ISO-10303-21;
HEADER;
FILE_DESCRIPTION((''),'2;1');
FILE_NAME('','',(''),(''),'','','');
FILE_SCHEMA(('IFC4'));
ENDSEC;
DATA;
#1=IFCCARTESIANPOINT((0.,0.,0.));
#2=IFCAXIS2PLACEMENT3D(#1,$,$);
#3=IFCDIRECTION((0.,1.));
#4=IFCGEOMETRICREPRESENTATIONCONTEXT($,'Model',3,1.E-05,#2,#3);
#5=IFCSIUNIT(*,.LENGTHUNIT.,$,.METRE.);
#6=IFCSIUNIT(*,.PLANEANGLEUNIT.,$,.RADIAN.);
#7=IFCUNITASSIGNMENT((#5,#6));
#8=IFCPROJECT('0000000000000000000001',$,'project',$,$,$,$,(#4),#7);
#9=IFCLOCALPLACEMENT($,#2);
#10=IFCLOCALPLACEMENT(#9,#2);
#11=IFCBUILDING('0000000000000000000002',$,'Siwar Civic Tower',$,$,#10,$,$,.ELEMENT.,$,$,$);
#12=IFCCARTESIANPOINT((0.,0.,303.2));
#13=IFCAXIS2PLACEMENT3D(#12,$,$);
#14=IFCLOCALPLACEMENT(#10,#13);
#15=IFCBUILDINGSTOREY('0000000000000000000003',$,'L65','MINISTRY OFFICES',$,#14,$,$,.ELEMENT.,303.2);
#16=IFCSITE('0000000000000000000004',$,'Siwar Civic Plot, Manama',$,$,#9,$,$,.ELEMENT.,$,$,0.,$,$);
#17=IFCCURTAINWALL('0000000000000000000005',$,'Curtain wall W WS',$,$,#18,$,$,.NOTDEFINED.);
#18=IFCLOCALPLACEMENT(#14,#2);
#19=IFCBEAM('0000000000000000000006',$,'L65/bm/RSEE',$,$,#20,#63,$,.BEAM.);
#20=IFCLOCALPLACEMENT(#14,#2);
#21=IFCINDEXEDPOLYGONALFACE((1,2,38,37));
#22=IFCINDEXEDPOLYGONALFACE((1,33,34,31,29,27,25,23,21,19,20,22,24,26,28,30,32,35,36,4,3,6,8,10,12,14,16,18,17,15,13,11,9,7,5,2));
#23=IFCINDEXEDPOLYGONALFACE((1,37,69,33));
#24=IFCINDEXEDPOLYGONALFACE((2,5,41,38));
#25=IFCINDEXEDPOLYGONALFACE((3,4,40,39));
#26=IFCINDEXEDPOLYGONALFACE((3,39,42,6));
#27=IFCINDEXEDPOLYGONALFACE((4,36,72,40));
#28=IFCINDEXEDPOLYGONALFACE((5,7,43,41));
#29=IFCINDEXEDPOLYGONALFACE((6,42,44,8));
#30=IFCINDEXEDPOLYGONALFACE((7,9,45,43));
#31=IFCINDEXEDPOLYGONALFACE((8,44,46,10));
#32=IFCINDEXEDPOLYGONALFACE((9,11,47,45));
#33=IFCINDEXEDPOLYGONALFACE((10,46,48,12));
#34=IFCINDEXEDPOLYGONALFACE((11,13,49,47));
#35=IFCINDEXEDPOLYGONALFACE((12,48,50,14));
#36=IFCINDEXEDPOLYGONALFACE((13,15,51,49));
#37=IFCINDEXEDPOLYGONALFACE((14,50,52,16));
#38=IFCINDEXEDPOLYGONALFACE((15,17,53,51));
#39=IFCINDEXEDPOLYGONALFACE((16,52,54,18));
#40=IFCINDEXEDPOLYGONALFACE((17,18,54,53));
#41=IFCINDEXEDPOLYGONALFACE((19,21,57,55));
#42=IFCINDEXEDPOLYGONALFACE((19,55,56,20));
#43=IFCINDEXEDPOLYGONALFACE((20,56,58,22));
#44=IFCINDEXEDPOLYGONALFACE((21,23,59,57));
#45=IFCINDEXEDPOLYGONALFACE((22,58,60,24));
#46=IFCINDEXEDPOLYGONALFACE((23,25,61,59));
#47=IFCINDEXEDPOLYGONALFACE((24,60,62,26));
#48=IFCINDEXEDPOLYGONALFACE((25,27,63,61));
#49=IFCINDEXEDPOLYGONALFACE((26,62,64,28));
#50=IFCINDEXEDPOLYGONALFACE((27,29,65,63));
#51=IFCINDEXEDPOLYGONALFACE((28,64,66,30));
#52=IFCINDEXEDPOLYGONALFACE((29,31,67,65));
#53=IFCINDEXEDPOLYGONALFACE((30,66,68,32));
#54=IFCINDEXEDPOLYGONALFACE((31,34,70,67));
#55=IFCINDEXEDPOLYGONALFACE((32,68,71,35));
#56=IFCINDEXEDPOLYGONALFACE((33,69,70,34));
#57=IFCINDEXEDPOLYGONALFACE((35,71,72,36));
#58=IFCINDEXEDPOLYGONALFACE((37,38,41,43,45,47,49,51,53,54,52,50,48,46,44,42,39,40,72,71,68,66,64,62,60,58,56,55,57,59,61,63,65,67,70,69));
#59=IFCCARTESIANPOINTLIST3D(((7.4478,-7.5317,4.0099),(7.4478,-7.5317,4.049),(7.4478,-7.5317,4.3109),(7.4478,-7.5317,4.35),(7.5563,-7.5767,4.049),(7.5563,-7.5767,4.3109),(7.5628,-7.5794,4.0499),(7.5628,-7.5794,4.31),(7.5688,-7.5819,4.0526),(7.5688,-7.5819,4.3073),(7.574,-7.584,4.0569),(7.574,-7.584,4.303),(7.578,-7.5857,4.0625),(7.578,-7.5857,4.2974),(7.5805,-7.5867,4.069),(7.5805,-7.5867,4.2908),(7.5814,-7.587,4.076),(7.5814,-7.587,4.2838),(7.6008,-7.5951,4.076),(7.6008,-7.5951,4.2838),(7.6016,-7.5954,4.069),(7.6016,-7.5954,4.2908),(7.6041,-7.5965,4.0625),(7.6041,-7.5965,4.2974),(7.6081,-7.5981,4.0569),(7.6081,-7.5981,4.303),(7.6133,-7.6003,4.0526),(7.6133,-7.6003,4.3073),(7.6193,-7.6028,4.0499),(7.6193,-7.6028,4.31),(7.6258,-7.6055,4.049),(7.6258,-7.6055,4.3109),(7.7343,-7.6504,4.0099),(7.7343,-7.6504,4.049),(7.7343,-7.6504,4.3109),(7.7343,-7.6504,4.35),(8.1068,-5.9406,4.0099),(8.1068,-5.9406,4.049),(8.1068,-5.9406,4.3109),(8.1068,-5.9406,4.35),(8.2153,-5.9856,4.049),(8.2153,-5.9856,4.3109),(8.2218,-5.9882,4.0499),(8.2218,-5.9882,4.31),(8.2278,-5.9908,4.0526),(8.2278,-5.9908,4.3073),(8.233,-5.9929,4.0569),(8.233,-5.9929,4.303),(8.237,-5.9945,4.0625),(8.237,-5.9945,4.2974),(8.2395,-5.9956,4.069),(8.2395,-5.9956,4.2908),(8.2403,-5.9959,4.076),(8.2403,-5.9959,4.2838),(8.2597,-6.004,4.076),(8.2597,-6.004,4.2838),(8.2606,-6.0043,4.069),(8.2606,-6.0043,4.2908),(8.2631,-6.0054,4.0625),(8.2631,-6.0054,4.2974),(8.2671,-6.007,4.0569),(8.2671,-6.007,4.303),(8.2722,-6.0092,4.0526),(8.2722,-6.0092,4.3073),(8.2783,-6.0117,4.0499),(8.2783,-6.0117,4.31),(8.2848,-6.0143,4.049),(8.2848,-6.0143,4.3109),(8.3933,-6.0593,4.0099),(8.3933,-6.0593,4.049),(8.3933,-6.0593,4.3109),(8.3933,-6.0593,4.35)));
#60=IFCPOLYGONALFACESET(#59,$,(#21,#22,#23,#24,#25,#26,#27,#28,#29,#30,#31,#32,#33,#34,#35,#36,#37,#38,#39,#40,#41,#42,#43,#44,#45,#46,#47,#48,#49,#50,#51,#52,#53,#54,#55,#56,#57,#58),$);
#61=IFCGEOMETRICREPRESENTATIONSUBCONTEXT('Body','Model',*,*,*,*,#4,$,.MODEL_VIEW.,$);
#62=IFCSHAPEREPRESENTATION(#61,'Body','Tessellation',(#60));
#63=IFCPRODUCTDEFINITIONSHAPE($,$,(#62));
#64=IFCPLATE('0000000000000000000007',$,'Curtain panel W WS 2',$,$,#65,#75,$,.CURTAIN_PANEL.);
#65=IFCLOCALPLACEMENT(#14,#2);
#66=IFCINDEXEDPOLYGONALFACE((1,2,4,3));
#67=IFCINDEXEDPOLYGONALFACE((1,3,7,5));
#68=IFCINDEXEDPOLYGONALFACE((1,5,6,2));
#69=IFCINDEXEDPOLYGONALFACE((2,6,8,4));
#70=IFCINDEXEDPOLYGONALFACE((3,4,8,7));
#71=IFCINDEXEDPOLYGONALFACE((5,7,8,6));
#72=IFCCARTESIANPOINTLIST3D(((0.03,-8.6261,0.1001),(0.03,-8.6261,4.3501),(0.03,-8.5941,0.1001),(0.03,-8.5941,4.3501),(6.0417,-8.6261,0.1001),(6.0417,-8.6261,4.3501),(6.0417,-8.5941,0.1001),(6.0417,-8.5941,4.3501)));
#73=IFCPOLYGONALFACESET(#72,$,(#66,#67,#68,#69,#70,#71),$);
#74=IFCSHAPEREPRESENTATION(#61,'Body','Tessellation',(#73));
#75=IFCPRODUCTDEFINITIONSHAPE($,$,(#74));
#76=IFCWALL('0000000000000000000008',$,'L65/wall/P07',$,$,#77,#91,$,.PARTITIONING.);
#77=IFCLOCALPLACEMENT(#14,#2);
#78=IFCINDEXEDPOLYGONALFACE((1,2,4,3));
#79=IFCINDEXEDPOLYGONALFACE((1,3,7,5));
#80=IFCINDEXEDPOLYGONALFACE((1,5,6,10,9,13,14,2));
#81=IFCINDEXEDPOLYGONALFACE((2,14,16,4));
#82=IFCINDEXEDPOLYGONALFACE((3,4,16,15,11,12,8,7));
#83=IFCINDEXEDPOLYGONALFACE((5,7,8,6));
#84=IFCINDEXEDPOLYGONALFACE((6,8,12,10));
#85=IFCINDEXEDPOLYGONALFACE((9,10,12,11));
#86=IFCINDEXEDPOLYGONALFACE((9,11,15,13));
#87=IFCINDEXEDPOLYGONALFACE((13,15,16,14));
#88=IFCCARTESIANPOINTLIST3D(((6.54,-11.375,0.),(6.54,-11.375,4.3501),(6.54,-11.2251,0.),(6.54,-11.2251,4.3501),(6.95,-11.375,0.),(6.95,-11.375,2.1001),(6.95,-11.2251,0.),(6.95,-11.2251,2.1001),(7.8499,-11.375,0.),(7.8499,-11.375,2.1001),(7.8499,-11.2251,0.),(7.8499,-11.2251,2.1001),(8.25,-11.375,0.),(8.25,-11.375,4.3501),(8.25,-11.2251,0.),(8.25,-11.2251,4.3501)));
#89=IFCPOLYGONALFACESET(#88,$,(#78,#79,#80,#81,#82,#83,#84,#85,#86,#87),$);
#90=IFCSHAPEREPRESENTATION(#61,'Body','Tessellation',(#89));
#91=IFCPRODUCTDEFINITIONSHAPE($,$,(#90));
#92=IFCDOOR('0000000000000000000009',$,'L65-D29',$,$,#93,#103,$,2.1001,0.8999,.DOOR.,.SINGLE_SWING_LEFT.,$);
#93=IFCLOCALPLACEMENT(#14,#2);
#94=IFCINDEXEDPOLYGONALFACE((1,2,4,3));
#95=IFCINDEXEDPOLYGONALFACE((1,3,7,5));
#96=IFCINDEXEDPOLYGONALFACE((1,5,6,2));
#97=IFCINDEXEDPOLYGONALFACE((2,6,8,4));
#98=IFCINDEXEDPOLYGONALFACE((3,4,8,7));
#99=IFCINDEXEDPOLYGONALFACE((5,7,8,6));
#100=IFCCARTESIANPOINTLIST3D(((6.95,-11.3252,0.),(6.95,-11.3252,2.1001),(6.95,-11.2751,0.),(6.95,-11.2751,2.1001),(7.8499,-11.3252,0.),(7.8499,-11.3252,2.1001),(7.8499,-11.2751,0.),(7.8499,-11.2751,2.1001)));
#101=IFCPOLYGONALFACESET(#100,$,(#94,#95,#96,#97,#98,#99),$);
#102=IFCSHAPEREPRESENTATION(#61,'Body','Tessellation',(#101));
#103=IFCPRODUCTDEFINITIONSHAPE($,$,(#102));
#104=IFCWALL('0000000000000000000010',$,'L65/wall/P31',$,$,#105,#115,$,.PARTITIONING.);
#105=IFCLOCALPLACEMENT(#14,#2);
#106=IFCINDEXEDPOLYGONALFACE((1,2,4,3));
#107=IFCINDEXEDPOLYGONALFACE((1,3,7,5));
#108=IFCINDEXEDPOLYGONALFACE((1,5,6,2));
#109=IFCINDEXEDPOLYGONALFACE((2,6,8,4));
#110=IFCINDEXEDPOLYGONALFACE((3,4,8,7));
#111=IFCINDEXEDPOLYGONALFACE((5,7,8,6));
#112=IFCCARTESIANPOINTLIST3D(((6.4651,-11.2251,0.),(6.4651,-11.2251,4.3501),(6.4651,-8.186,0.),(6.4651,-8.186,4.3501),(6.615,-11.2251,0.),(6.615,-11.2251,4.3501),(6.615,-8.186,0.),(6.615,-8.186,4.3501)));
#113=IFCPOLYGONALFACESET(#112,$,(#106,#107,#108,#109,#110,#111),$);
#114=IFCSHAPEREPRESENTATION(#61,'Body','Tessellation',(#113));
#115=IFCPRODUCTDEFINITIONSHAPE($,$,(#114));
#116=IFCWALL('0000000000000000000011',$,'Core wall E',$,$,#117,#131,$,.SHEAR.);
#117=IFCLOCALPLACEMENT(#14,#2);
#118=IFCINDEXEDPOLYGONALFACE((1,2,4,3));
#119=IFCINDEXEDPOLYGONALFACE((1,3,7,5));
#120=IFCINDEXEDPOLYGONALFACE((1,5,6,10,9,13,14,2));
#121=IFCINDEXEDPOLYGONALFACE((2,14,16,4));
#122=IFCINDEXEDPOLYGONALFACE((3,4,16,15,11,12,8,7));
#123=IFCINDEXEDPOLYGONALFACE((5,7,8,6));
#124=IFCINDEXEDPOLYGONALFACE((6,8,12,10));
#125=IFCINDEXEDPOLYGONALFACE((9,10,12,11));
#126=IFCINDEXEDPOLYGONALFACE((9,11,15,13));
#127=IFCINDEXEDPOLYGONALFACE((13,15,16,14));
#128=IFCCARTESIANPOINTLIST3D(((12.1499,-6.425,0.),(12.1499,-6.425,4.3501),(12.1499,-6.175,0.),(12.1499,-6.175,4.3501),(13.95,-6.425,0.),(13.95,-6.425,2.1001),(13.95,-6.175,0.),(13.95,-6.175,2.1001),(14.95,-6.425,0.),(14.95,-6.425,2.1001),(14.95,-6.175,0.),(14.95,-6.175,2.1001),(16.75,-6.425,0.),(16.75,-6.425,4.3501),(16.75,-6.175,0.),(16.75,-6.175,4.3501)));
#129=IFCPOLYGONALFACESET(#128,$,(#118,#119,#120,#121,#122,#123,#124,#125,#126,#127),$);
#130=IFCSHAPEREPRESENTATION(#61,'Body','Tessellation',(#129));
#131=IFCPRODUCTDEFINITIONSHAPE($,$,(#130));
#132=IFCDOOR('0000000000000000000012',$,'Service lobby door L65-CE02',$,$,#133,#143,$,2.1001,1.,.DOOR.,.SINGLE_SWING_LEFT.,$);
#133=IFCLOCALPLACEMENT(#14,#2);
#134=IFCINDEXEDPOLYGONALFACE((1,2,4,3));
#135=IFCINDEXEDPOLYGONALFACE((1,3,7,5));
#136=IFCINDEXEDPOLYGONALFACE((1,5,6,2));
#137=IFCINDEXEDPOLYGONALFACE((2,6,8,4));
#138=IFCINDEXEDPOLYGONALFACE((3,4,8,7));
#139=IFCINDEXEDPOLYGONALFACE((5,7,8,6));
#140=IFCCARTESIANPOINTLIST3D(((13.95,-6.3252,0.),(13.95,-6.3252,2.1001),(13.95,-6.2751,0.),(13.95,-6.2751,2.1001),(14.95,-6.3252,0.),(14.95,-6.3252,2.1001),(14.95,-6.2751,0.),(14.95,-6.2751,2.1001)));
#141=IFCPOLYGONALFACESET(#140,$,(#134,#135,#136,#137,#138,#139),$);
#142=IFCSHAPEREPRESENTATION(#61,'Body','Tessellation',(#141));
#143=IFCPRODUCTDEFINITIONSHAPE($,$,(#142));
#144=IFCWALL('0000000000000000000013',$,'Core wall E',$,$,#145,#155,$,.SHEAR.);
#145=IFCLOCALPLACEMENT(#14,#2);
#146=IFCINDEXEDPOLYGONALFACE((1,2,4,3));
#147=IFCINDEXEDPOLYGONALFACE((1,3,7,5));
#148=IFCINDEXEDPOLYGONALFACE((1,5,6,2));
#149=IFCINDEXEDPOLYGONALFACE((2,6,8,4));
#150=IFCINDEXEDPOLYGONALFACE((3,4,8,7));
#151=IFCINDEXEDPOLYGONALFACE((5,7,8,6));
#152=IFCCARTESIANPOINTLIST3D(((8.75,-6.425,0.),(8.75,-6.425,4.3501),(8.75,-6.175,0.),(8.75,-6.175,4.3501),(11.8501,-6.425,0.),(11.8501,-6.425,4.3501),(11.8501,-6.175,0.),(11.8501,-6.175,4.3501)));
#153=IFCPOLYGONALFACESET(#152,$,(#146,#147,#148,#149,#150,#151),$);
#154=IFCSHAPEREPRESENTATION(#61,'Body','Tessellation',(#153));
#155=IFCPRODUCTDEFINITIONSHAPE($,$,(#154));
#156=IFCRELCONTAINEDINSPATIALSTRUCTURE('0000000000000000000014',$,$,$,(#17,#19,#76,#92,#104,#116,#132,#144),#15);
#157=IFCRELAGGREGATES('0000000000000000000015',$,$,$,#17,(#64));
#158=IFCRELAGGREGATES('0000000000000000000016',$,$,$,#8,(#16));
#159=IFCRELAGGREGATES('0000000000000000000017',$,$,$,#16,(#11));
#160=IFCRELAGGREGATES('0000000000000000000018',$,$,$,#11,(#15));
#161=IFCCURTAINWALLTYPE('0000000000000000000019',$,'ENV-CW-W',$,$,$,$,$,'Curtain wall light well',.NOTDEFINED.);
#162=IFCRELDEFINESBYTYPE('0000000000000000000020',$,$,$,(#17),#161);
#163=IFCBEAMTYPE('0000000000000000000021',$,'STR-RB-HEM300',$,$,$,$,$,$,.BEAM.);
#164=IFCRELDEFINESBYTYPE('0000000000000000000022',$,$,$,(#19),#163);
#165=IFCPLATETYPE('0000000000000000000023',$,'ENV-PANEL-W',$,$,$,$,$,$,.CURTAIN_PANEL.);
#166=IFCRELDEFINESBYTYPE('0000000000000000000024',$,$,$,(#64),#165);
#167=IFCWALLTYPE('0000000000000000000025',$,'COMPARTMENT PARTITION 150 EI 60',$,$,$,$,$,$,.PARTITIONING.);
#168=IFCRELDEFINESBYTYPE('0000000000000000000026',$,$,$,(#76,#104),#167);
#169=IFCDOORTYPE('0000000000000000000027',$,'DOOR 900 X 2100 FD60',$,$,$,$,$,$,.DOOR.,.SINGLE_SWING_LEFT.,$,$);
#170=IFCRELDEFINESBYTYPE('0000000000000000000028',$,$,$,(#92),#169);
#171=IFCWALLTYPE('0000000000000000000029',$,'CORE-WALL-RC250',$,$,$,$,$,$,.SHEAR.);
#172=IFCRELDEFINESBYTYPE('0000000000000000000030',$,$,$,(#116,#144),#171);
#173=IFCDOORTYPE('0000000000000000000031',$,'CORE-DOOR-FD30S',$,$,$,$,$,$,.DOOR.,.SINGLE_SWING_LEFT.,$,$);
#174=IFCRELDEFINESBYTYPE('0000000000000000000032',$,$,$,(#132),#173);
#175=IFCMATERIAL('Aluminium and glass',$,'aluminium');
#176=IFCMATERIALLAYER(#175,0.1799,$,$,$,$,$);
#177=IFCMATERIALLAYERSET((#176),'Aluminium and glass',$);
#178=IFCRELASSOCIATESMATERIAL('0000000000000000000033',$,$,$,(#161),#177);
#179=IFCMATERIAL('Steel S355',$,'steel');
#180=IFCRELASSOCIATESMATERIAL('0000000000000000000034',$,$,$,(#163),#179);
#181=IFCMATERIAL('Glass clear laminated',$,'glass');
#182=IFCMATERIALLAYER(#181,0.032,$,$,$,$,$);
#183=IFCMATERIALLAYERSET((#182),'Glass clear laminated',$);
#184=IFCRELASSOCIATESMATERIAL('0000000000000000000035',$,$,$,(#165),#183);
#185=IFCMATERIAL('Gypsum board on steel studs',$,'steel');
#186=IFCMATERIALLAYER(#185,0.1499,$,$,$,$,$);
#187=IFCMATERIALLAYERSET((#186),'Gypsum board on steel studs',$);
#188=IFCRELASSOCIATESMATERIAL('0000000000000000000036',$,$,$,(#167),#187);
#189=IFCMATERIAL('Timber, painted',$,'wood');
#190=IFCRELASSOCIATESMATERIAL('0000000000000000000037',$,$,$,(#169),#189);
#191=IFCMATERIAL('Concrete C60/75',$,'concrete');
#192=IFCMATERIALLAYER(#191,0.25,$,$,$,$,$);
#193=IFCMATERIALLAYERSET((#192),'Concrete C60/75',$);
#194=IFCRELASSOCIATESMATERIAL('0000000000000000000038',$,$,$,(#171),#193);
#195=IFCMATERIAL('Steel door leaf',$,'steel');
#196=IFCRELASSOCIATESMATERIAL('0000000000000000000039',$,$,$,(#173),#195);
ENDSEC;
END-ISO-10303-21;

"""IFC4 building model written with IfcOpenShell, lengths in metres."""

from ifc_helpers import new_model, si_unit, direction, frame, frame_2d, origin, origin_2d, place, context, subcontext, project, spatial, rectangle, i_section, extrude, material, layer, layer_set, material_profile, profile_set, type_object, element, fill, aggregate, save


model = new_model("IFC4")

# Units and contexts
model_context = context("Model", 3, precision=1e-05, world=origin(), true_north=direction((0.0, 1.0)))
body_context = subcontext(model_context, "Body", "Model", "MODEL_VIEW")
ifc_project = project(units=[si_unit("LENGTHUNIT", "METRE"), si_unit("PLANEANGLEUNIT", "RADIAN")], contexts=[model_context])

# Site, building, storey
site_placement = place(None, origin())
site = spatial("IfcSite", under=ifc_project, at=site_placement, Name="Siwar Civic Plot, Manama", CompositionType="ELEMENT", RefElevation=0.0)
building_placement = place(site_placement, origin())
building = spatial("IfcBuilding", under=site, at=building_placement, Name="Siwar Civic Tower", CompositionType="ELEMENT")
storey_placement = place(building_placement, frame((0.0, 0.0, 303.2)))
storey = spatial("IfcBuildingStorey", under=building, at=storey_placement, Name="L65", Description="MINISTRY OFFICES", CompositionType="ELEMENT", Elevation=303.2)

# Curtain wall
ifc_material_1 = material(Name="Aluminium and glass", Category="aluminium")
ifc_layer_1 = layer(ifc_material_1, 0.1799)
ifc_layer_set_1 = layer_set([ifc_layer_1], Name="Aluminium and glass")
curtain_wall_type = type_object("IfcCurtainWallType", Name="ENV-CW-W", ElementType="Curtain wall light well", PredefinedType="NOTDEFINED", material=ifc_layer_set_1)
curtain_wall_placement = place(storey_placement, origin())
curtain_wall = element("IfcCurtainWall", 1, at=curtain_wall_placement, inside=storey, type_object=curtain_wall_type, Name="Curtain wall W WS", PredefinedType="NOTDEFINED")

# Beam
ifc_material_2 = material(Name="Steel S355", Category="steel")
ifc_material_profile_1 = material_profile(ifc_material_2, i_section(OverallWidth=0.3101, OverallDepth=0.3401, WebThickness=0.021, FlangeThickness=0.0391, FilletRadius=0.0271, at=origin_2d()), Name="HEM300")
ifc_profile_set_1 = profile_set([ifc_material_profile_1], Name="Steel S355")
beam_type_1 = type_object("IfcBeamType", Name="STR-RB-HEM300", PredefinedType="BEAM", material=ifc_profile_set_1)
for number, where, z_axis, x_axis, name in (
    (2, (7.5911, -7.5911, 4.1799), (0.382631, 0.923901, 0.0), (-0.923901, 0.382631, 0.0), "L65/bm/RSEE"),
):
    element("IfcBeam", number, at=place(storey_placement, frame(where, z_axis=z_axis, x_axis=x_axis)), inside=storey, type_object=beam_type_1, Name=name, PredefinedType="BEAM", context=body_context, shape_type="SweptSolid", body=[
        extrude(i_section(OverallWidth=0.3101, OverallDepth=0.3401, WebThickness=0.021, FlangeThickness=0.0391, FilletRadius=0.0271, at=origin_2d()), origin(), (0.0, 0.0, 1.0), 1.7222),
    ])

# Plate
ifc_material_3 = material(Name="Glass clear laminated", Category="glass")
ifc_layer_2 = layer(ifc_material_3, 0.032)
ifc_layer_set_2 = layer_set([ifc_layer_2], Name="Glass clear laminated")
plate_type = type_object("IfcPlateType", Name="ENV-PANEL-W", PredefinedType="CURTAIN_PANEL", material=ifc_layer_set_2)
plate_placement = place(storey_placement, frame((3.0359, -8.6101, 0.1001), z_axis=(0.0, 0.0, 1.0), x_axis=(1.0, 0.0, 0.0)))
plate = element("IfcPlate", 3, at=plate_placement, type_object=plate_type, Name="Curtain panel W WS 2", PredefinedType="CURTAIN_PANEL", context=body_context, shape_type="SweptSolid", body=[
    extrude(rectangle(XDim=6.0117, YDim=0.032, at=origin_2d()), origin(), (0.0, 0.0, 1.0), 4.25),
])
aggregate(curtain_wall, [plate])

# Wall, opening, door
ifc_material_4 = material(Name="Gypsum board on steel studs", Category="steel")
ifc_layer_3 = layer(ifc_material_4, 0.1499)
ifc_layer_set_3 = layer_set([ifc_layer_3], Name="Gypsum board on steel studs")
wall_type_1 = type_object("IfcWallType", Name="COMPARTMENT PARTITION 150 EI 60", PredefinedType="PARTITIONING", material=ifc_layer_set_3)
wall_1_placement = place(storey_placement, frame((6.54, -11.3, 0.0), z_axis=(0.0, 0.0, 1.0), x_axis=(1.0, 0.0, 0.0)))
wall_1 = element("IfcWall", 4, at=wall_1_placement, inside=storey, type_object=wall_type_1, Name="L65/wall/P07", PredefinedType="PARTITIONING", context=body_context, shape_type="SweptSolid", body=[
    extrude(rectangle(XDim=1.71, YDim=0.1499, at=frame_2d((0.855, 0.0))), origin(), (0.0, 0.0, 1.0), 4.3501),
])
opening_1_placement = place(wall_1_placement, frame((0.4099, 0.0, 0.0)))
opening_1 = element("IfcOpeningElement", 5, at=opening_1_placement, cuts=wall_1, PredefinedType="OPENING", context=body_context, shape_type="SweptSolid", body=[
    extrude(rectangle(XDim=0.8999, YDim=2.1001, at=frame_2d((0.45, 1.05))), frame((0.0, 0.085, 0.0), z_axis=(0.0, -1.0, 0.0), x_axis=(1.0, 0.0, 0.0)), (0.0, 0.0, 1.0), 0.1699),
])
ifc_material_5 = material(Name="Timber, painted", Category="wood")
door_type_1 = type_object("IfcDoorType", Name="DOOR 900 X 2100 FD60", OperationType="SINGLE_SWING_LEFT", PredefinedType="DOOR", material=ifc_material_5)
door_1_placement = place(opening_1_placement, origin())
door_1 = element("IfcDoor", 6, at=door_1_placement, inside=storey, type_object=door_type_1, Name="L65-D29", OperationType="SINGLE_SWING_LEFT", OverallHeight=2.1001, OverallWidth=0.8999, PredefinedType="DOOR", context=body_context, shape_type="SweptSolid", body=[
    extrude(rectangle(XDim=0.8999, YDim=2.1001, at=frame_2d((0.45, 1.05))), frame((0.0, 0.0249, 0.0), z_axis=(0.0, -1.0, 0.0), x_axis=(1.0, 0.0, 0.0)), (0.0, 0.0, 1.0), 0.05),
])
fill(opening_1, door_1)

# Wall
wall_2_placement = place(storey_placement, frame((6.54, -11.2251, 0.0), z_axis=(0.0, 0.0, 1.0), x_axis=(0.0, 1.0, 0.0)))
element("IfcWall", 7, at=wall_2_placement, inside=storey, type_object=wall_type_1, Name="L65/wall/P31", PredefinedType="PARTITIONING", context=body_context, shape_type="SweptSolid", body=[
    extrude(rectangle(XDim=3.0391, YDim=0.1499, at=frame_2d((1.5195, 0.0))), origin(), (0.0, 0.0, 1.0), 4.3501),
])

# Wall, opening, door
ifc_material_6 = material(Name="Concrete C60/75", Category="concrete")
ifc_layer_4 = layer(ifc_material_6, 0.25)
ifc_layer_set_4 = layer_set([ifc_layer_4], Name="Concrete C60/75")
wall_type_2 = type_object("IfcWallType", Name="CORE-WALL-RC250", PredefinedType="SHEAR", material=ifc_layer_set_4)
wall_3_placement = place(storey_placement, frame((12.1499, -6.3, 0.0), z_axis=(0.0, 0.0, 1.0), x_axis=(1.0, 0.0, 0.0)))
wall_3 = element("IfcWall", 8, at=wall_3_placement, inside=storey, type_object=wall_type_2, Name="Core wall E", PredefinedType="SHEAR", context=body_context, shape_type="SweptSolid", body=[
    extrude(rectangle(XDim=4.6001, YDim=0.25, at=frame_2d((2.3, 0.0))), origin(), (0.0, 0.0, 1.0), 4.3501),
])
opening_2_placement = place(wall_3_placement, frame((1.8, 0.0, 0.0)))
opening_2 = element("IfcOpeningElement", 9, at=opening_2_placement, cuts=wall_3, PredefinedType="OPENING", context=body_context, shape_type="SweptSolid", body=[
    extrude(rectangle(XDim=1.0, YDim=2.1001, at=frame_2d((0.5, 1.05))), frame((0.0, 0.135, 0.0), z_axis=(0.0, -1.0, 0.0), x_axis=(1.0, 0.0, 0.0)), (0.0, 0.0, 1.0), 0.27),
])
ifc_material_7 = material(Name="Steel door leaf", Category="steel")
door_type_2 = type_object("IfcDoorType", Name="CORE-DOOR-FD30S", OperationType="SINGLE_SWING_LEFT", PredefinedType="DOOR", material=ifc_material_7)
door_2_placement = place(opening_2_placement, origin())
door_2 = element("IfcDoor", 10, at=door_2_placement, inside=storey, type_object=door_type_2, Name="Service lobby door L65-CE02", OperationType="SINGLE_SWING_LEFT", OverallHeight=2.1001, OverallWidth=1.0, PredefinedType="DOOR", context=body_context, shape_type="SweptSolid", body=[
    extrude(rectangle(XDim=1.0, YDim=2.1001, at=frame_2d((0.5, 1.05))), frame((0.0, 0.0249, 0.0), z_axis=(0.0, -1.0, 0.0), x_axis=(1.0, 0.0, 0.0)), (0.0, 0.0, 1.0), 0.05),
])
fill(opening_2, door_2)

# Wall
wall_4_placement = place(storey_placement, frame((8.75, -6.3, 0.0), z_axis=(0.0, 0.0, 1.0), x_axis=(1.0, 0.0, 0.0)))
element("IfcWall", 11, at=wall_4_placement, inside=storey, type_object=wall_type_2, Name="Core wall E", PredefinedType="SHEAR", context=body_context, shape_type="SweptSolid", body=[
    extrude(rectangle(XDim=3.1001, YDim=0.25, at=frame_2d((1.55, 0.0))), origin(), (0.0, 0.0, 1.0), 4.3501),
])

save(model, "model.ifc")
